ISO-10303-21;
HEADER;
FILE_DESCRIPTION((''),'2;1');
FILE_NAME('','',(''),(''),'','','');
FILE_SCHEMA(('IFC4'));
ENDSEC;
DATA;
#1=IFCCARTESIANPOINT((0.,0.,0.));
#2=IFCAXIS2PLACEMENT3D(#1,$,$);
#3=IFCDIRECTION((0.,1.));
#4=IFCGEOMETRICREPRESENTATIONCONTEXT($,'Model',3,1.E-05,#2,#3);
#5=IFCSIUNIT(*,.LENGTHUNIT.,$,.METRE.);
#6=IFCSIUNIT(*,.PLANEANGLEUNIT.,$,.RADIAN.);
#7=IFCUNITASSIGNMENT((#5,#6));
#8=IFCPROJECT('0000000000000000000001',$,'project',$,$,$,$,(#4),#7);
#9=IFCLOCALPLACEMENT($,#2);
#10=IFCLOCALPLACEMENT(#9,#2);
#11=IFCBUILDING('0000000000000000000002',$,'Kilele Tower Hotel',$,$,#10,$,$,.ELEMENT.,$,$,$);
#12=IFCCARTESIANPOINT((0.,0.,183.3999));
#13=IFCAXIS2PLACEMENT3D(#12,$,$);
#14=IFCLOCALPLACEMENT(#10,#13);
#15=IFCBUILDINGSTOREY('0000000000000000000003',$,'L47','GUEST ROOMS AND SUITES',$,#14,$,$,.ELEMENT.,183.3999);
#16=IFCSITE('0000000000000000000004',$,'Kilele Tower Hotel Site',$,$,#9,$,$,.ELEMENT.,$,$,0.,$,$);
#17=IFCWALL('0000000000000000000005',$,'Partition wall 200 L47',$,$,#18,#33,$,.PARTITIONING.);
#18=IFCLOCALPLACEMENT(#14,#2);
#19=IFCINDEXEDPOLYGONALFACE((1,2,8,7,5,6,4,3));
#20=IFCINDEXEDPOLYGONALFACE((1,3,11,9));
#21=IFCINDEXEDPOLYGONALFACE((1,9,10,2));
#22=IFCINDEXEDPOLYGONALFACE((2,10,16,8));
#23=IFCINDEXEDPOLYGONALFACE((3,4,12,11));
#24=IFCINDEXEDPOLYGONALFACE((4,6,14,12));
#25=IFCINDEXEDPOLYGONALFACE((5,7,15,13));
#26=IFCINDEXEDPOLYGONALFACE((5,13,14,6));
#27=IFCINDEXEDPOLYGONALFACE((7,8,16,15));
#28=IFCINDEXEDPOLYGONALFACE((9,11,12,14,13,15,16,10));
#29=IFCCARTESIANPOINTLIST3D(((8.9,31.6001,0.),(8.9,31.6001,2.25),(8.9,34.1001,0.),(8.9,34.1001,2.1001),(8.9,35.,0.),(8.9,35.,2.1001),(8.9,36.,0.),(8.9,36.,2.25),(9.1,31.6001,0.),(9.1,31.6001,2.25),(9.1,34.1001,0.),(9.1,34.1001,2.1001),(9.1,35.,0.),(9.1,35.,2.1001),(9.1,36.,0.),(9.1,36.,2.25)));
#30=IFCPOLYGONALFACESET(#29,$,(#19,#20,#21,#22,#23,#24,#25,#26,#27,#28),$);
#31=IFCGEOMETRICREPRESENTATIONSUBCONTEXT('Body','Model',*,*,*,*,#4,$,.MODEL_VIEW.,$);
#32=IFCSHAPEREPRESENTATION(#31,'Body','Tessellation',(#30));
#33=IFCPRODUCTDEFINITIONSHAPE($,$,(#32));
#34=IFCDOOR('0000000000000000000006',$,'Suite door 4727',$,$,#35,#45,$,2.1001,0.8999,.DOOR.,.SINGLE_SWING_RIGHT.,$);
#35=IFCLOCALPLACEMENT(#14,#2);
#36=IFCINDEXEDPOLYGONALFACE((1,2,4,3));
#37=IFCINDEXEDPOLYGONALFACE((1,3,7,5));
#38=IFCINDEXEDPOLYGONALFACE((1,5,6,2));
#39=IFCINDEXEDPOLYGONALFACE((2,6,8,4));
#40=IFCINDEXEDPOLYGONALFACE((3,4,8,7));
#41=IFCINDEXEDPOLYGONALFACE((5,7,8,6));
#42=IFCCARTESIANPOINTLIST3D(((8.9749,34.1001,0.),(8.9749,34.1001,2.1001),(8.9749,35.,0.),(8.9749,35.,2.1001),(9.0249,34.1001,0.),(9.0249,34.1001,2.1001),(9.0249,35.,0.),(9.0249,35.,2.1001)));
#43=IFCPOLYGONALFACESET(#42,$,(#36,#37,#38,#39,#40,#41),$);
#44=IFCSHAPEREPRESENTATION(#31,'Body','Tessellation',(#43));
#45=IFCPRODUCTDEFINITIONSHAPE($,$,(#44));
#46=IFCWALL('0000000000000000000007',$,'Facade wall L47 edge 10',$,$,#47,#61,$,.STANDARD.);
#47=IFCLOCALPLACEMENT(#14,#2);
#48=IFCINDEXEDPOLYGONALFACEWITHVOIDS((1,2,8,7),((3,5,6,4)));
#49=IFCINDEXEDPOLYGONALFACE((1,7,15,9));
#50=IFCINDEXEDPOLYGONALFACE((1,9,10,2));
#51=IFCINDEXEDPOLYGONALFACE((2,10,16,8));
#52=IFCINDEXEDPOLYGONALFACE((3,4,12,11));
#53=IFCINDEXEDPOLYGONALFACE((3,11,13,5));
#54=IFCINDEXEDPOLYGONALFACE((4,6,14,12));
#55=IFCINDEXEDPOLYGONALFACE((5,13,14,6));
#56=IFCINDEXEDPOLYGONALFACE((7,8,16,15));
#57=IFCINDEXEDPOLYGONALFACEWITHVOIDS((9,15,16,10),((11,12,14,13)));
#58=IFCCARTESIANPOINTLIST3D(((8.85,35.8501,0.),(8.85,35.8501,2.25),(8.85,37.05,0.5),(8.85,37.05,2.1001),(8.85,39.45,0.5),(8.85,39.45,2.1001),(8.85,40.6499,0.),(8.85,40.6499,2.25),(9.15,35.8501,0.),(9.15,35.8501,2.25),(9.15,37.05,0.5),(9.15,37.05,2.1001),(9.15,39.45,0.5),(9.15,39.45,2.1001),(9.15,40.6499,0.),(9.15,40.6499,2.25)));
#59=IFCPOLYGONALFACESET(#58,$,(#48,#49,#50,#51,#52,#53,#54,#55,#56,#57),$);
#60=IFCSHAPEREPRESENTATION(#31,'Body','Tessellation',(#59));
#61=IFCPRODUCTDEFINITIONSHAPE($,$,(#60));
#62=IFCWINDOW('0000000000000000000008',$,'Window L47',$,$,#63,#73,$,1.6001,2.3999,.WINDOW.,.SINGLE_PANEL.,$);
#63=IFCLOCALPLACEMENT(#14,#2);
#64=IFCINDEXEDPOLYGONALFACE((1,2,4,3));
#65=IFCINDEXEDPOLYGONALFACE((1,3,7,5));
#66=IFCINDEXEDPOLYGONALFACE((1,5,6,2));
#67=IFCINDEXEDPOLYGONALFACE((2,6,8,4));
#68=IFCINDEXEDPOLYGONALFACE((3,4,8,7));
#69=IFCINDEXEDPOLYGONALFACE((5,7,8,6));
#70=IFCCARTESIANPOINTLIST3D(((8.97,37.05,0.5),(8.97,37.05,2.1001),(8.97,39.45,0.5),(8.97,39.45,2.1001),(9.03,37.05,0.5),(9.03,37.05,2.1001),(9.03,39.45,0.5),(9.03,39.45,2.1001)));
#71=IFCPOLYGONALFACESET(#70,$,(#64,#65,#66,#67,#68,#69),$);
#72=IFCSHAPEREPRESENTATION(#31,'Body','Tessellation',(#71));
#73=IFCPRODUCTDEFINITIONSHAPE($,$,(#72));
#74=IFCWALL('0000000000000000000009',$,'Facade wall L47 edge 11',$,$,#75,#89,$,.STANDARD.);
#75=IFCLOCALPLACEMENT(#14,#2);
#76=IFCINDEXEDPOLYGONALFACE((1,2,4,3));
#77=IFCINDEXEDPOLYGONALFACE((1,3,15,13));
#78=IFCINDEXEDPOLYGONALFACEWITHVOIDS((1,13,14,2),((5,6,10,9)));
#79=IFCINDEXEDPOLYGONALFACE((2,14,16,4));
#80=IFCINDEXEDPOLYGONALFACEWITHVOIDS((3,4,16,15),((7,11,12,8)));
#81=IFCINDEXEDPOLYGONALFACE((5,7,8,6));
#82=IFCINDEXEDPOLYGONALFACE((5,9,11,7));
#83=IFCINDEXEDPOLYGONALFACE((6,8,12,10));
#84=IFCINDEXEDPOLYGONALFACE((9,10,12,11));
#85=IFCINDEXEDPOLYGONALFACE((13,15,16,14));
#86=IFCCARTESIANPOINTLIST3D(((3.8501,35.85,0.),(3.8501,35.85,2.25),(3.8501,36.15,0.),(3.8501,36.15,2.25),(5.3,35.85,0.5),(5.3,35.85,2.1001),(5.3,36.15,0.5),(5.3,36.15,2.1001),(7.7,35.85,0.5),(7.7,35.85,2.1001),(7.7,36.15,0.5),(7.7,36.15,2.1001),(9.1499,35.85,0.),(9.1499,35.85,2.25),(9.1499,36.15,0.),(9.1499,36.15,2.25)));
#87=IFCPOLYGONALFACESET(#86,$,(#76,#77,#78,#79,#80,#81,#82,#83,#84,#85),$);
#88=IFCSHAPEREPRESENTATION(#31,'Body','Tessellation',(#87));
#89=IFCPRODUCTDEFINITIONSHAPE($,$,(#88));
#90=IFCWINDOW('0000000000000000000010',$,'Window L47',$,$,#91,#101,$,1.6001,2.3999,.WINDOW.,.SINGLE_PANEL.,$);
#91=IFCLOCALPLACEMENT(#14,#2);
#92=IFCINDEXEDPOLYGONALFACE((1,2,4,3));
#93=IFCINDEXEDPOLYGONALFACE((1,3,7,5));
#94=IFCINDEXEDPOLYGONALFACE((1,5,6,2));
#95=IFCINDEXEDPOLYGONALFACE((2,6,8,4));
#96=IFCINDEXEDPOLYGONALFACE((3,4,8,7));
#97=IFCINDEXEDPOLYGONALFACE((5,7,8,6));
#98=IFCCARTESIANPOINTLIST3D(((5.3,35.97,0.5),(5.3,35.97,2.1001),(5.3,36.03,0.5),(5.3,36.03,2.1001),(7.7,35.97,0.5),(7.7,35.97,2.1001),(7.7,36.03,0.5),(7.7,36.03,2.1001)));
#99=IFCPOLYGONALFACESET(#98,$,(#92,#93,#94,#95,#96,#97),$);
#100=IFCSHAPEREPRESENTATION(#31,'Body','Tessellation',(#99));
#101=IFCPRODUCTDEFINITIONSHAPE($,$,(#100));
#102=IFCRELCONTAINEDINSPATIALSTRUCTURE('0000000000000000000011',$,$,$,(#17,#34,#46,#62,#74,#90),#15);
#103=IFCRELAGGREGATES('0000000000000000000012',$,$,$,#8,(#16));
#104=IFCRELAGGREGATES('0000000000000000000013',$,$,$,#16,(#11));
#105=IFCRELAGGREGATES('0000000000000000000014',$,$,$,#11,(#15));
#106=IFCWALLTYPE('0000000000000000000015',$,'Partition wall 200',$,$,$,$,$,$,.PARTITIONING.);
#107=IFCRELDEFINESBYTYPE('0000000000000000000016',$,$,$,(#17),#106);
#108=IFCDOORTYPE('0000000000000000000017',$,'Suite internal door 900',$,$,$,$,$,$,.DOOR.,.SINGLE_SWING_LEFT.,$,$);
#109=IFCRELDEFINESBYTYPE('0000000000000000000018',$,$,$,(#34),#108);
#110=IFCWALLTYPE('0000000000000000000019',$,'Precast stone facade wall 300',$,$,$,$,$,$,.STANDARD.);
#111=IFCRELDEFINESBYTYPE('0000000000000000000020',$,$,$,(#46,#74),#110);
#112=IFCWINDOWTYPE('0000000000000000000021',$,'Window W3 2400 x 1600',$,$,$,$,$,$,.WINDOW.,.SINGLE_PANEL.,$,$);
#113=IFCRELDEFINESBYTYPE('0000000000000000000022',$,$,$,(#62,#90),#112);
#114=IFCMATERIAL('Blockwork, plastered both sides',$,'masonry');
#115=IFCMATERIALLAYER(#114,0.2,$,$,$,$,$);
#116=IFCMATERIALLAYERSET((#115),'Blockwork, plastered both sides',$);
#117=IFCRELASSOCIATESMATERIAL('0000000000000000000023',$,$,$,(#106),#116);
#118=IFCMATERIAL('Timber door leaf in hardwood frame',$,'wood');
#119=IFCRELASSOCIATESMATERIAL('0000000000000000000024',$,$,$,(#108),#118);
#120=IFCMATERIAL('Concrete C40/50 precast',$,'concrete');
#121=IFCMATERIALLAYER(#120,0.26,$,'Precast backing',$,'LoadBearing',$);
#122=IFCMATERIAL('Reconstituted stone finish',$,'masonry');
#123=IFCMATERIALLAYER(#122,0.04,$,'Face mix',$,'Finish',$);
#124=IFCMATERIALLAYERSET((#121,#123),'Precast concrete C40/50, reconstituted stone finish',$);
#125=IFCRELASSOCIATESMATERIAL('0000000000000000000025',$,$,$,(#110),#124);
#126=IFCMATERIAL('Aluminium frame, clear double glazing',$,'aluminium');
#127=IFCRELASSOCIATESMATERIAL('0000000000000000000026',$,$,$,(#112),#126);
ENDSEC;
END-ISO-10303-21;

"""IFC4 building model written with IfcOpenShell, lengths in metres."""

from ifc_helpers import new_model, si_unit, direction, frame, frame_2d, origin, place, context, subcontext, project, spatial, rectangle, extrude, material, layer, layer_set, type_object, element, fill, save


model = new_model("IFC4")

# Units and contexts
model_context = context("Model", 3, precision=1e-05, world=origin(), true_north=direction((0.0, 1.0)))
body_context = subcontext(model_context, "Body", "Model", "MODEL_VIEW")
ifc_project = project(units=[si_unit("LENGTHUNIT", "METRE"), si_unit("PLANEANGLEUNIT", "RADIAN")], contexts=[model_context])

# Site, building, storey
site_placement = place(None, origin())
site = spatial("IfcSite", under=ifc_project, at=site_placement, Name="Kilele Tower Hotel Site", CompositionType="ELEMENT", RefElevation=0.0)
building_placement = place(site_placement, origin())
building = spatial("IfcBuilding", under=site, at=building_placement, Name="Kilele Tower Hotel", CompositionType="ELEMENT")
storey_placement = place(building_placement, frame((0.0, 0.0, 183.3999)))
storey = spatial("IfcBuildingStorey", under=building, at=storey_placement, Name="L47", Description="GUEST ROOMS AND SUITES", CompositionType="ELEMENT", Elevation=183.3999)

# Wall, opening, door
ifc_material_1 = material(Name="Blockwork, plastered both sides", Category="masonry")
ifc_layer_1 = layer(ifc_material_1, 0.2)
ifc_layer_set_1 = layer_set([ifc_layer_1], Name="Blockwork, plastered both sides")
wall_type_1 = type_object("IfcWallType", Name="Partition wall 200", PredefinedType="PARTITIONING", material=ifc_layer_set_1)
wall_1_placement = place(storey_placement, frame((9.0, 31.6001, 0.0), z_axis=(0.0, 0.0, 1.0), x_axis=(0.0, 1.0, 0.0)))
wall_1 = element("IfcWall", 1, at=wall_1_placement, inside=storey, type_object=wall_type_1, Name="Partition wall 200 L47", PredefinedType="PARTITIONING", context=body_context, shape_type="SweptSolid", body=[
    extrude(rectangle(XDim=4.3999, YDim=0.2, at=frame_2d((2.2, 0.0))), origin(), (0.0, 0.0, 1.0), 2.25),
])
opening_1_placement = place(wall_1_placement, frame((3.3999, 0.0, 0.0), z_axis=(0.0, 0.0, 1.0), x_axis=(-1.0, 0.0, 0.0)))
opening_1 = element("IfcOpeningElement", 2, at=opening_1_placement, cuts=wall_1, PredefinedType="OPENING", context=body_context, shape_type="SweptSolid", body=[
    extrude(rectangle(XDim=0.8999, YDim=2.1001, at=frame_2d((0.45, 1.05))), frame((0.0, 0.1099, 0.0), z_axis=(0.0, -1.0, 0.0), x_axis=(1.0, 0.0, 0.0)), (0.0, 0.0, 1.0), 0.22),
])
ifc_material_2 = material(Name="Timber door leaf in hardwood frame", Category="wood")
door_type_1 = type_object("IfcDoorType", Name="Suite internal door 900", OperationType="SINGLE_SWING_LEFT", PredefinedType="DOOR", material=ifc_material_2)
door_1_placement = place(opening_1_placement, origin())
door_1 = element("IfcDoor", 3, at=door_1_placement, inside=storey, type_object=door_type_1, Name="Suite door 4727", OperationType="SINGLE_SWING_RIGHT", OverallHeight=2.1001, OverallWidth=0.8999, PredefinedType="DOOR", context=body_context, shape_type="SweptSolid", body=[
    extrude(rectangle(XDim=0.8999, YDim=2.1001, at=frame_2d((0.45, 1.05))), frame((0.0, 0.0249, 0.0), z_axis=(0.0, -1.0, 0.0), x_axis=(1.0, 0.0, 0.0)), (0.0, 0.0, 1.0), 0.05),
])
fill(opening_1, door_1)

# Walls, openings, windows
ifc_material_3 = material(Name="Concrete C40/50 precast", Category="concrete")
ifc_layer_2 = layer(ifc_material_3, 0.26, Name="Precast backing", Category="LoadBearing")
ifc_material_4 = material(Name="Reconstituted stone finish", Category="masonry")
ifc_layer_3 = layer(ifc_material_4, 0.04, Name="Face mix", Category="Finish")
ifc_layer_set_2 = layer_set([ifc_layer_2, ifc_layer_3], Name="Precast concrete C40/50, reconstituted stone finish")
wall_type_2 = type_object("IfcWallType", Name="Precast stone facade wall 300", PredefinedType="STANDARD", material=ifc_layer_set_2)
wall_2_placement = place(storey_placement, frame((9.0, 40.6499, 0.0), z_axis=(0.0, 0.0, 1.0), x_axis=(0.0, -1.0, 0.0)))
wall_2 = element("IfcWall", 4, at=wall_2_placement, inside=storey, type_object=wall_type_2, Name="Facade wall L47 edge 10", PredefinedType="STANDARD", context=body_context, shape_type="SweptSolid", body=[
    extrude(rectangle(XDim=4.7998, YDim=0.3, at=frame_2d((2.3999, 0.0))), origin(), (0.0, 0.0, 1.0), 2.25),
])
opening_2_placement = place(wall_2_placement, frame((1.2, 0.0, 0.5)))
opening_2 = element("IfcOpeningElement", 5, at=opening_2_placement, cuts=wall_2, PredefinedType="OPENING", context=body_context, shape_type="SweptSolid", body=[
    extrude(rectangle(XDim=2.3999, YDim=1.6001, at=frame_2d((1.2, 0.8))), frame((0.0, 0.1599, 0.0), z_axis=(0.0, -1.0, 0.0), x_axis=(1.0, 0.0, 0.0)), (0.0, 0.0, 1.0), 0.3201),
])
ifc_material_5 = material(Name="Aluminium frame, clear double glazing", Category="aluminium")
window_type_1 = type_object("IfcWindowType", Name="Window W3 2400 x 1600", PartitioningType="SINGLE_PANEL", PredefinedType="WINDOW", material=ifc_material_5)
window_1_placement = place(opening_2_placement, origin())
window_1 = element("IfcWindow", 6, at=window_1_placement, inside=storey, type_object=window_type_1, Name="Window L47", OverallHeight=1.6001, OverallWidth=2.3999, PartitioningType="SINGLE_PANEL", PredefinedType="WINDOW", context=body_context, shape_type="SweptSolid", body=[
    extrude(rectangle(XDim=2.3999, YDim=1.6001, at=frame_2d((1.2, 0.8))), frame((0.0, 0.03, 0.0), z_axis=(0.0, -1.0, 0.0), x_axis=(1.0, 0.0, 0.0)), (0.0, 0.0, 1.0), 0.0601),
])
fill(opening_2, window_1)
wall_3_placement = place(storey_placement, frame((9.1499, 36.0, 0.0), z_axis=(0.0, 0.0, 1.0), x_axis=(-1.0, 0.0, 0.0)))
wall_3 = element("IfcWall", 7, at=wall_3_placement, inside=storey, type_object=wall_type_2, Name="Facade wall L47 edge 11", PredefinedType="STANDARD", context=body_context, shape_type="SweptSolid", body=[
    extrude(rectangle(XDim=5.2998, YDim=0.3, at=frame_2d((2.6499, 0.0))), origin(), (0.0, 0.0, 1.0), 2.25),
])
opening_3_placement = place(wall_3_placement, frame((1.45, 0.0, 0.5)))
opening_3 = element("IfcOpeningElement", 8, at=opening_3_placement, cuts=wall_3, PredefinedType="OPENING", context=body_context, shape_type="SweptSolid", body=[
    extrude(rectangle(XDim=2.3999, YDim=1.6001, at=frame_2d((1.2, 0.8))), frame((0.0, 0.1599, 0.0), z_axis=(0.0, -1.0, 0.0), x_axis=(1.0, 0.0, 0.0)), (0.0, 0.0, 1.0), 0.3201),
])
window_2_placement = place(opening_3_placement, origin())
window_2 = element("IfcWindow", 9, at=window_2_placement, inside=storey, type_object=window_type_1, Name="Window L47", OverallHeight=1.6001, OverallWidth=2.3999, PartitioningType="SINGLE_PANEL", PredefinedType="WINDOW", context=body_context, shape_type="SweptSolid", body=[
    extrude(rectangle(XDim=2.3999, YDim=1.6001, at=frame_2d((1.2, 0.8))), frame((0.0, 0.03, 0.0), z_axis=(0.0, -1.0, 0.0), x_axis=(1.0, 0.0, 0.0)), (0.0, 0.0, 1.0), 0.0601),
])
fill(opening_3, window_2)

save(model, "model.ifc")
